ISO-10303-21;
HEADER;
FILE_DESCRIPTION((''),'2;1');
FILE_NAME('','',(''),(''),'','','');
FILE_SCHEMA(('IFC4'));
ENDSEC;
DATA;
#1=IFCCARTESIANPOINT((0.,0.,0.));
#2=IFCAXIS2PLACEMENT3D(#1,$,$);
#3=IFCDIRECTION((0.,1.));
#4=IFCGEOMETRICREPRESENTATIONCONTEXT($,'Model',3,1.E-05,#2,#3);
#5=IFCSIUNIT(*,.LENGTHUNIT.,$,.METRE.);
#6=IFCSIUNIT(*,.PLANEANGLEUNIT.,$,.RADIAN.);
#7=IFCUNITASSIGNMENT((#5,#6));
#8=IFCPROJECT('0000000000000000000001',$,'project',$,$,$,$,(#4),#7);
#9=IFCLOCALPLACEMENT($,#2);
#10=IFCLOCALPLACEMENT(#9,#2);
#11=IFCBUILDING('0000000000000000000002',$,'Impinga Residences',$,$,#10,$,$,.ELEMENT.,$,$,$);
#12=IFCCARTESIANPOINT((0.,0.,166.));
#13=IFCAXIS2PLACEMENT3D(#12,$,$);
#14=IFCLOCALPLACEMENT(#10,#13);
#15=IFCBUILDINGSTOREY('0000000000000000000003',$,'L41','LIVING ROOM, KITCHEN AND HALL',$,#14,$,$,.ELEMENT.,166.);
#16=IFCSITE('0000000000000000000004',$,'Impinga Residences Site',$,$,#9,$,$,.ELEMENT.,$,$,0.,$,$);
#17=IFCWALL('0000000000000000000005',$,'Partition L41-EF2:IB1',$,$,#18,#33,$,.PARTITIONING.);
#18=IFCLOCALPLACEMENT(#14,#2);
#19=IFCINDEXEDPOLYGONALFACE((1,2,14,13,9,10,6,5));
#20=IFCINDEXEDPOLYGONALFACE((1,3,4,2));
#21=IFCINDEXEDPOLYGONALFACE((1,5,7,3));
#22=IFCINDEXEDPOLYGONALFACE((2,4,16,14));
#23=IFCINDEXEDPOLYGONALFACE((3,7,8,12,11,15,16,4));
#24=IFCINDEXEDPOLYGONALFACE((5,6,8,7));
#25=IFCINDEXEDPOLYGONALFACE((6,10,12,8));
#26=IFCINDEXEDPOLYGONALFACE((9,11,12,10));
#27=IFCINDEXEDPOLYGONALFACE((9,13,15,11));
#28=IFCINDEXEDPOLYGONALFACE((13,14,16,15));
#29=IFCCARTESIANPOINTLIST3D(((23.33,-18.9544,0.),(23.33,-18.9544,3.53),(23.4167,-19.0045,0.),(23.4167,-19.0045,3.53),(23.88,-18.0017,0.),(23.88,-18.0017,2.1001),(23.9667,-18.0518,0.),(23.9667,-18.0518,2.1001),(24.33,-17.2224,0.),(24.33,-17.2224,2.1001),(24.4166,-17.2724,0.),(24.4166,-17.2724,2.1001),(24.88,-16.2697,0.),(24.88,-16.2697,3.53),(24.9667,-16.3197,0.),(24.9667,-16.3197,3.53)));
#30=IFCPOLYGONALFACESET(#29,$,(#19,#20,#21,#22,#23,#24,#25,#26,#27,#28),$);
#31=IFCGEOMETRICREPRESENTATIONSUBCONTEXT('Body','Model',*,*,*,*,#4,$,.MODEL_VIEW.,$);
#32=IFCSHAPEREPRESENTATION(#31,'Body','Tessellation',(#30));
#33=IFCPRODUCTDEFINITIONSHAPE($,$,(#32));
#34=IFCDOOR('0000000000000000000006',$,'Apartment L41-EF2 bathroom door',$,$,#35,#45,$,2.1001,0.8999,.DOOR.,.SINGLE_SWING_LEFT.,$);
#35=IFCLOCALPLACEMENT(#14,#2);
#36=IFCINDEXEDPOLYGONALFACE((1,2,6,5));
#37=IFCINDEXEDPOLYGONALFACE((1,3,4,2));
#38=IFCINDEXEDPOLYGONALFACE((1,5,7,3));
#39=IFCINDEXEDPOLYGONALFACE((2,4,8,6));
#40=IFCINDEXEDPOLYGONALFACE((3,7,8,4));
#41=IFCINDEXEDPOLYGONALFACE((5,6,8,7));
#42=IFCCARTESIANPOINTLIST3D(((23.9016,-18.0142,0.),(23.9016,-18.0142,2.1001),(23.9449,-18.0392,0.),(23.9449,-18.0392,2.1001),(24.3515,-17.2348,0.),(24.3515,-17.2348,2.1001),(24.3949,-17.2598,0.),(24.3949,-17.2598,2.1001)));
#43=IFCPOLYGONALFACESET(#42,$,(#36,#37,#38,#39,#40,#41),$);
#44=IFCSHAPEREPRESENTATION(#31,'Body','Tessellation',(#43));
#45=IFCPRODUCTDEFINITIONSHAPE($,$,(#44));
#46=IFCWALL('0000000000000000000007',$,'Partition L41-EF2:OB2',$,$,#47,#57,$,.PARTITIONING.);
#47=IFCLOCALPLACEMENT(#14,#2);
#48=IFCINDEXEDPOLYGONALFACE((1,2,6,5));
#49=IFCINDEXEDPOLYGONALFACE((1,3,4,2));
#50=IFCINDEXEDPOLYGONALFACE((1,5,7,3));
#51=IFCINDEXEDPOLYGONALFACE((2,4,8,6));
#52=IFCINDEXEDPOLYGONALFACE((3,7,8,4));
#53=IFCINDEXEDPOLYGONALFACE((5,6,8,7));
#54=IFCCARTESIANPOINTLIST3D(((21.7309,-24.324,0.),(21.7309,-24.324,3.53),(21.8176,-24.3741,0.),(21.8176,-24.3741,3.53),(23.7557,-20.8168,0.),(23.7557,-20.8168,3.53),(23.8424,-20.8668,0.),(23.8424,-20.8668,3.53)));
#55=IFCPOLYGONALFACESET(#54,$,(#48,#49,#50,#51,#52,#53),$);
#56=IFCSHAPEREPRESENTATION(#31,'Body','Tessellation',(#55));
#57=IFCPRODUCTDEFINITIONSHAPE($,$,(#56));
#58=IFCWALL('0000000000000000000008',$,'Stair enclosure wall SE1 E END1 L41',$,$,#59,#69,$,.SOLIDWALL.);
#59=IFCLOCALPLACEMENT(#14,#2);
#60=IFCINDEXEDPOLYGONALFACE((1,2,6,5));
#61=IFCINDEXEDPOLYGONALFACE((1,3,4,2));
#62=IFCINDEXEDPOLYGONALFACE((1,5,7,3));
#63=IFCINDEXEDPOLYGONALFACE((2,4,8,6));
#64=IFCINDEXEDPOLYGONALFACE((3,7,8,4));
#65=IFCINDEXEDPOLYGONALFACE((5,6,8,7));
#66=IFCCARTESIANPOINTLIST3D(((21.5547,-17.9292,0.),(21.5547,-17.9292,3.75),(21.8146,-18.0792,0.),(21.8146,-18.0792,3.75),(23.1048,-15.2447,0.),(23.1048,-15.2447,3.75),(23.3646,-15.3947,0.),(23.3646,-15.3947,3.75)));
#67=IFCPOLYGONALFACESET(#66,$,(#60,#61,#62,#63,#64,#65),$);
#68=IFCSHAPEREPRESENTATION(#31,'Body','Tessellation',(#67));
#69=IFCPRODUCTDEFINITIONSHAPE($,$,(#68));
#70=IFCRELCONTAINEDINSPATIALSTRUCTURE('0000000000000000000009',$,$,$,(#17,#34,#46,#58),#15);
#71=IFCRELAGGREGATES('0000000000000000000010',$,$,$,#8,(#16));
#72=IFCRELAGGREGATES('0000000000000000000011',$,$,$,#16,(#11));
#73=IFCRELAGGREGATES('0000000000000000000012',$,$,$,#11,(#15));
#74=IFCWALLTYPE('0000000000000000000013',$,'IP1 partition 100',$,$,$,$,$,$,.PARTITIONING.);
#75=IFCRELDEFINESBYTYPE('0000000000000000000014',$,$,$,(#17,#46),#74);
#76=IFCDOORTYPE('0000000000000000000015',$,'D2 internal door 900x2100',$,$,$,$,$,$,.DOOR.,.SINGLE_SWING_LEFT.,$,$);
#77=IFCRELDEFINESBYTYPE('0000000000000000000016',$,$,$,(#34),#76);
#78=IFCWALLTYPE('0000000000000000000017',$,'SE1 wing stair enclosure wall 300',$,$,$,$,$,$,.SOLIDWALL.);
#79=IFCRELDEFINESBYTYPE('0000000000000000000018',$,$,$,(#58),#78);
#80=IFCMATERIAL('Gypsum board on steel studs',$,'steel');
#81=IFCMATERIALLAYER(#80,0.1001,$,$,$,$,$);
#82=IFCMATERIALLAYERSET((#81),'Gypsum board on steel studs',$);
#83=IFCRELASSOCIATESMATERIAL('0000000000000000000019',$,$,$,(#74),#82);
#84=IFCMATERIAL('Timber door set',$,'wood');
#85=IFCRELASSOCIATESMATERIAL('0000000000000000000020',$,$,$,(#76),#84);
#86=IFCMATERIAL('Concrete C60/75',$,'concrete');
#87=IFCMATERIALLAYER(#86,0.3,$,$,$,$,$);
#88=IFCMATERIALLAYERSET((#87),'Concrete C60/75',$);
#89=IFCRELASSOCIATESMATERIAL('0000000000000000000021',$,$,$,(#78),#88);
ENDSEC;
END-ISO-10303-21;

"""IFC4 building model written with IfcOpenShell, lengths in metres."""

from ifc_helpers import new_model, si_unit, direction, frame, frame_2d, origin, place, context, subcontext, project, spatial, rectangle, extrude, material, layer, layer_set, type_object, element, fill, save


model = new_model("IFC4")

# Units and contexts
model_context = context("Model", 3, precision=1e-05, world=origin(), true_north=direction((0.0, 1.0)))
body_context = subcontext(model_context, "Body", "Model", "MODEL_VIEW")
ifc_project = project(units=[si_unit("LENGTHUNIT", "METRE"), si_unit("PLANEANGLEUNIT", "RADIAN")], contexts=[model_context])

# Site, building, storey
site_placement = place(None, origin())
site = spatial("IfcSite", under=ifc_project, at=site_placement, Name="Impinga Residences Site", CompositionType="ELEMENT", RefElevation=0.0)
building_placement = place(site_placement, origin())
building = spatial("IfcBuilding", under=site, at=building_placement, Name="Impinga Residences", CompositionType="ELEMENT")
storey_placement = place(building_placement, frame((0.0, 0.0, 166.0)))
storey = spatial("IfcBuildingStorey", under=building, at=storey_placement, Name="L41", Description="LIVING ROOM, KITCHEN AND HALL", CompositionType="ELEMENT", Elevation=166.0)

# Shared definitions
ifc_material_1 = material(Name="Concrete C60/75", Category="concrete")

# Shared definitions
ifc_material_2 = material(Name="Gypsum board on steel studs", Category="steel")
ifc_layer_1 = layer(ifc_material_2, 0.1001)
ifc_layer_set_1 = layer_set([ifc_layer_1], Name="Gypsum board on steel studs")
wall_type_1 = type_object("IfcWallType", Name="IP1 partition 100", PredefinedType="PARTITIONING", material=ifc_layer_set_1)

# Wall, opening, door
wall_1_placement = place(storey_placement, frame((24.9233, -16.2947, 0.0), z_axis=(0.0, 0.0, 1.0), x_axis=(-0.499993, -0.86603, 0.0)))
wall_1 = element("IfcWall", 1, at=wall_1_placement, inside=storey, type_object=wall_type_1, Name="Partition L41-EF2:IB1", PredefinedType="PARTITIONING", context=body_context, shape_type="SweptSolid", body=[
    extrude(rectangle(XDim=3.1001, YDim=0.1001, at=frame_2d((1.55, 0.0))), origin(), (0.0, 0.0, 1.0), 3.53),
])
opening_1_placement = place(wall_1_placement, frame((1.1001, 0.0, 0.0)))
opening_1 = element("IfcOpeningElement", 2, at=opening_1_placement, cuts=wall_1, PredefinedType="OPENING", context=body_context, shape_type="SweptSolid", body=[
    extrude(rectangle(XDim=0.8999, YDim=2.1001, at=frame_2d((0.45, 1.05))), frame((0.0, 0.0601, 0.0), z_axis=(0.0, -1.0, 0.0), x_axis=(1.0, 0.0, 0.0)), (0.0, 0.0, 1.0), 0.1201),
])
ifc_material_3 = material(Name="Timber door set", Category="wood")
door_type = type_object("IfcDoorType", Name="D2 internal door 900x2100", OperationType="SINGLE_SWING_LEFT", PredefinedType="DOOR", material=ifc_material_3)
door_placement = place(opening_1_placement, origin())
door = element("IfcDoor", 3, at=door_placement, inside=storey, type_object=door_type, Name="Apartment L41-EF2 bathroom door", OperationType="SINGLE_SWING_LEFT", OverallHeight=2.1001, OverallWidth=0.8999, PredefinedType="DOOR", context=body_context, shape_type="SweptSolid", body=[
    extrude(rectangle(XDim=0.8999, YDim=2.1001, at=frame_2d((0.45, 1.05))), frame((0.0, 0.0249, 0.0), z_axis=(0.0, -1.0, 0.0), x_axis=(1.0, 0.0, 0.0)), (0.0, 0.0, 1.0), 0.05),
])
fill(opening_1, door)

# Walls
wall_2_placement = place(storey_placement, frame((23.7991, -20.8418, 0.0), z_axis=(0.0, 0.0, 1.0), x_axis=(-0.49999, -0.866031, 0.0)))
element("IfcWall", 4, at=wall_2_placement, inside=storey, type_object=wall_type_1, Name="Partition L41-EF2:OB2", PredefinedType="PARTITIONING", context=body_context, shape_type="SweptSolid", body=[
    extrude(rectangle(XDim=4.0498, YDim=0.1001, at=frame_2d((2.0249, 0.0))), origin(), (0.0, 0.0, 1.0), 3.53),
])
ifc_layer_2 = layer(ifc_material_1, 0.3)
ifc_layer_set_2 = layer_set([ifc_layer_2], Name="Concrete C60/75")
wall_type_2 = type_object("IfcWallType", Name="SE1 wing stair enclosure wall 300", PredefinedType="SOLIDWALL", material=ifc_layer_set_2)
wall_3_placement = place(storey_placement, frame((23.2346, -15.3198, 0.0), z_axis=(0.0, 0.0, 1.0), x_axis=(-0.500027, -0.86601, 0.0)))
element("IfcWall", 5, at=wall_3_placement, inside=storey, type_object=wall_type_2, Name="Stair enclosure wall SE1 E END1 L41", PredefinedType="SOLIDWALL", context=body_context, shape_type="SweptSolid", body=[
    extrude(rectangle(XDim=3.0999, YDim=0.3, at=frame_2d((1.5498, 0.0))), origin(), (0.0, 0.0, 1.0), 3.75),
])

save(model, "model.ifc")
